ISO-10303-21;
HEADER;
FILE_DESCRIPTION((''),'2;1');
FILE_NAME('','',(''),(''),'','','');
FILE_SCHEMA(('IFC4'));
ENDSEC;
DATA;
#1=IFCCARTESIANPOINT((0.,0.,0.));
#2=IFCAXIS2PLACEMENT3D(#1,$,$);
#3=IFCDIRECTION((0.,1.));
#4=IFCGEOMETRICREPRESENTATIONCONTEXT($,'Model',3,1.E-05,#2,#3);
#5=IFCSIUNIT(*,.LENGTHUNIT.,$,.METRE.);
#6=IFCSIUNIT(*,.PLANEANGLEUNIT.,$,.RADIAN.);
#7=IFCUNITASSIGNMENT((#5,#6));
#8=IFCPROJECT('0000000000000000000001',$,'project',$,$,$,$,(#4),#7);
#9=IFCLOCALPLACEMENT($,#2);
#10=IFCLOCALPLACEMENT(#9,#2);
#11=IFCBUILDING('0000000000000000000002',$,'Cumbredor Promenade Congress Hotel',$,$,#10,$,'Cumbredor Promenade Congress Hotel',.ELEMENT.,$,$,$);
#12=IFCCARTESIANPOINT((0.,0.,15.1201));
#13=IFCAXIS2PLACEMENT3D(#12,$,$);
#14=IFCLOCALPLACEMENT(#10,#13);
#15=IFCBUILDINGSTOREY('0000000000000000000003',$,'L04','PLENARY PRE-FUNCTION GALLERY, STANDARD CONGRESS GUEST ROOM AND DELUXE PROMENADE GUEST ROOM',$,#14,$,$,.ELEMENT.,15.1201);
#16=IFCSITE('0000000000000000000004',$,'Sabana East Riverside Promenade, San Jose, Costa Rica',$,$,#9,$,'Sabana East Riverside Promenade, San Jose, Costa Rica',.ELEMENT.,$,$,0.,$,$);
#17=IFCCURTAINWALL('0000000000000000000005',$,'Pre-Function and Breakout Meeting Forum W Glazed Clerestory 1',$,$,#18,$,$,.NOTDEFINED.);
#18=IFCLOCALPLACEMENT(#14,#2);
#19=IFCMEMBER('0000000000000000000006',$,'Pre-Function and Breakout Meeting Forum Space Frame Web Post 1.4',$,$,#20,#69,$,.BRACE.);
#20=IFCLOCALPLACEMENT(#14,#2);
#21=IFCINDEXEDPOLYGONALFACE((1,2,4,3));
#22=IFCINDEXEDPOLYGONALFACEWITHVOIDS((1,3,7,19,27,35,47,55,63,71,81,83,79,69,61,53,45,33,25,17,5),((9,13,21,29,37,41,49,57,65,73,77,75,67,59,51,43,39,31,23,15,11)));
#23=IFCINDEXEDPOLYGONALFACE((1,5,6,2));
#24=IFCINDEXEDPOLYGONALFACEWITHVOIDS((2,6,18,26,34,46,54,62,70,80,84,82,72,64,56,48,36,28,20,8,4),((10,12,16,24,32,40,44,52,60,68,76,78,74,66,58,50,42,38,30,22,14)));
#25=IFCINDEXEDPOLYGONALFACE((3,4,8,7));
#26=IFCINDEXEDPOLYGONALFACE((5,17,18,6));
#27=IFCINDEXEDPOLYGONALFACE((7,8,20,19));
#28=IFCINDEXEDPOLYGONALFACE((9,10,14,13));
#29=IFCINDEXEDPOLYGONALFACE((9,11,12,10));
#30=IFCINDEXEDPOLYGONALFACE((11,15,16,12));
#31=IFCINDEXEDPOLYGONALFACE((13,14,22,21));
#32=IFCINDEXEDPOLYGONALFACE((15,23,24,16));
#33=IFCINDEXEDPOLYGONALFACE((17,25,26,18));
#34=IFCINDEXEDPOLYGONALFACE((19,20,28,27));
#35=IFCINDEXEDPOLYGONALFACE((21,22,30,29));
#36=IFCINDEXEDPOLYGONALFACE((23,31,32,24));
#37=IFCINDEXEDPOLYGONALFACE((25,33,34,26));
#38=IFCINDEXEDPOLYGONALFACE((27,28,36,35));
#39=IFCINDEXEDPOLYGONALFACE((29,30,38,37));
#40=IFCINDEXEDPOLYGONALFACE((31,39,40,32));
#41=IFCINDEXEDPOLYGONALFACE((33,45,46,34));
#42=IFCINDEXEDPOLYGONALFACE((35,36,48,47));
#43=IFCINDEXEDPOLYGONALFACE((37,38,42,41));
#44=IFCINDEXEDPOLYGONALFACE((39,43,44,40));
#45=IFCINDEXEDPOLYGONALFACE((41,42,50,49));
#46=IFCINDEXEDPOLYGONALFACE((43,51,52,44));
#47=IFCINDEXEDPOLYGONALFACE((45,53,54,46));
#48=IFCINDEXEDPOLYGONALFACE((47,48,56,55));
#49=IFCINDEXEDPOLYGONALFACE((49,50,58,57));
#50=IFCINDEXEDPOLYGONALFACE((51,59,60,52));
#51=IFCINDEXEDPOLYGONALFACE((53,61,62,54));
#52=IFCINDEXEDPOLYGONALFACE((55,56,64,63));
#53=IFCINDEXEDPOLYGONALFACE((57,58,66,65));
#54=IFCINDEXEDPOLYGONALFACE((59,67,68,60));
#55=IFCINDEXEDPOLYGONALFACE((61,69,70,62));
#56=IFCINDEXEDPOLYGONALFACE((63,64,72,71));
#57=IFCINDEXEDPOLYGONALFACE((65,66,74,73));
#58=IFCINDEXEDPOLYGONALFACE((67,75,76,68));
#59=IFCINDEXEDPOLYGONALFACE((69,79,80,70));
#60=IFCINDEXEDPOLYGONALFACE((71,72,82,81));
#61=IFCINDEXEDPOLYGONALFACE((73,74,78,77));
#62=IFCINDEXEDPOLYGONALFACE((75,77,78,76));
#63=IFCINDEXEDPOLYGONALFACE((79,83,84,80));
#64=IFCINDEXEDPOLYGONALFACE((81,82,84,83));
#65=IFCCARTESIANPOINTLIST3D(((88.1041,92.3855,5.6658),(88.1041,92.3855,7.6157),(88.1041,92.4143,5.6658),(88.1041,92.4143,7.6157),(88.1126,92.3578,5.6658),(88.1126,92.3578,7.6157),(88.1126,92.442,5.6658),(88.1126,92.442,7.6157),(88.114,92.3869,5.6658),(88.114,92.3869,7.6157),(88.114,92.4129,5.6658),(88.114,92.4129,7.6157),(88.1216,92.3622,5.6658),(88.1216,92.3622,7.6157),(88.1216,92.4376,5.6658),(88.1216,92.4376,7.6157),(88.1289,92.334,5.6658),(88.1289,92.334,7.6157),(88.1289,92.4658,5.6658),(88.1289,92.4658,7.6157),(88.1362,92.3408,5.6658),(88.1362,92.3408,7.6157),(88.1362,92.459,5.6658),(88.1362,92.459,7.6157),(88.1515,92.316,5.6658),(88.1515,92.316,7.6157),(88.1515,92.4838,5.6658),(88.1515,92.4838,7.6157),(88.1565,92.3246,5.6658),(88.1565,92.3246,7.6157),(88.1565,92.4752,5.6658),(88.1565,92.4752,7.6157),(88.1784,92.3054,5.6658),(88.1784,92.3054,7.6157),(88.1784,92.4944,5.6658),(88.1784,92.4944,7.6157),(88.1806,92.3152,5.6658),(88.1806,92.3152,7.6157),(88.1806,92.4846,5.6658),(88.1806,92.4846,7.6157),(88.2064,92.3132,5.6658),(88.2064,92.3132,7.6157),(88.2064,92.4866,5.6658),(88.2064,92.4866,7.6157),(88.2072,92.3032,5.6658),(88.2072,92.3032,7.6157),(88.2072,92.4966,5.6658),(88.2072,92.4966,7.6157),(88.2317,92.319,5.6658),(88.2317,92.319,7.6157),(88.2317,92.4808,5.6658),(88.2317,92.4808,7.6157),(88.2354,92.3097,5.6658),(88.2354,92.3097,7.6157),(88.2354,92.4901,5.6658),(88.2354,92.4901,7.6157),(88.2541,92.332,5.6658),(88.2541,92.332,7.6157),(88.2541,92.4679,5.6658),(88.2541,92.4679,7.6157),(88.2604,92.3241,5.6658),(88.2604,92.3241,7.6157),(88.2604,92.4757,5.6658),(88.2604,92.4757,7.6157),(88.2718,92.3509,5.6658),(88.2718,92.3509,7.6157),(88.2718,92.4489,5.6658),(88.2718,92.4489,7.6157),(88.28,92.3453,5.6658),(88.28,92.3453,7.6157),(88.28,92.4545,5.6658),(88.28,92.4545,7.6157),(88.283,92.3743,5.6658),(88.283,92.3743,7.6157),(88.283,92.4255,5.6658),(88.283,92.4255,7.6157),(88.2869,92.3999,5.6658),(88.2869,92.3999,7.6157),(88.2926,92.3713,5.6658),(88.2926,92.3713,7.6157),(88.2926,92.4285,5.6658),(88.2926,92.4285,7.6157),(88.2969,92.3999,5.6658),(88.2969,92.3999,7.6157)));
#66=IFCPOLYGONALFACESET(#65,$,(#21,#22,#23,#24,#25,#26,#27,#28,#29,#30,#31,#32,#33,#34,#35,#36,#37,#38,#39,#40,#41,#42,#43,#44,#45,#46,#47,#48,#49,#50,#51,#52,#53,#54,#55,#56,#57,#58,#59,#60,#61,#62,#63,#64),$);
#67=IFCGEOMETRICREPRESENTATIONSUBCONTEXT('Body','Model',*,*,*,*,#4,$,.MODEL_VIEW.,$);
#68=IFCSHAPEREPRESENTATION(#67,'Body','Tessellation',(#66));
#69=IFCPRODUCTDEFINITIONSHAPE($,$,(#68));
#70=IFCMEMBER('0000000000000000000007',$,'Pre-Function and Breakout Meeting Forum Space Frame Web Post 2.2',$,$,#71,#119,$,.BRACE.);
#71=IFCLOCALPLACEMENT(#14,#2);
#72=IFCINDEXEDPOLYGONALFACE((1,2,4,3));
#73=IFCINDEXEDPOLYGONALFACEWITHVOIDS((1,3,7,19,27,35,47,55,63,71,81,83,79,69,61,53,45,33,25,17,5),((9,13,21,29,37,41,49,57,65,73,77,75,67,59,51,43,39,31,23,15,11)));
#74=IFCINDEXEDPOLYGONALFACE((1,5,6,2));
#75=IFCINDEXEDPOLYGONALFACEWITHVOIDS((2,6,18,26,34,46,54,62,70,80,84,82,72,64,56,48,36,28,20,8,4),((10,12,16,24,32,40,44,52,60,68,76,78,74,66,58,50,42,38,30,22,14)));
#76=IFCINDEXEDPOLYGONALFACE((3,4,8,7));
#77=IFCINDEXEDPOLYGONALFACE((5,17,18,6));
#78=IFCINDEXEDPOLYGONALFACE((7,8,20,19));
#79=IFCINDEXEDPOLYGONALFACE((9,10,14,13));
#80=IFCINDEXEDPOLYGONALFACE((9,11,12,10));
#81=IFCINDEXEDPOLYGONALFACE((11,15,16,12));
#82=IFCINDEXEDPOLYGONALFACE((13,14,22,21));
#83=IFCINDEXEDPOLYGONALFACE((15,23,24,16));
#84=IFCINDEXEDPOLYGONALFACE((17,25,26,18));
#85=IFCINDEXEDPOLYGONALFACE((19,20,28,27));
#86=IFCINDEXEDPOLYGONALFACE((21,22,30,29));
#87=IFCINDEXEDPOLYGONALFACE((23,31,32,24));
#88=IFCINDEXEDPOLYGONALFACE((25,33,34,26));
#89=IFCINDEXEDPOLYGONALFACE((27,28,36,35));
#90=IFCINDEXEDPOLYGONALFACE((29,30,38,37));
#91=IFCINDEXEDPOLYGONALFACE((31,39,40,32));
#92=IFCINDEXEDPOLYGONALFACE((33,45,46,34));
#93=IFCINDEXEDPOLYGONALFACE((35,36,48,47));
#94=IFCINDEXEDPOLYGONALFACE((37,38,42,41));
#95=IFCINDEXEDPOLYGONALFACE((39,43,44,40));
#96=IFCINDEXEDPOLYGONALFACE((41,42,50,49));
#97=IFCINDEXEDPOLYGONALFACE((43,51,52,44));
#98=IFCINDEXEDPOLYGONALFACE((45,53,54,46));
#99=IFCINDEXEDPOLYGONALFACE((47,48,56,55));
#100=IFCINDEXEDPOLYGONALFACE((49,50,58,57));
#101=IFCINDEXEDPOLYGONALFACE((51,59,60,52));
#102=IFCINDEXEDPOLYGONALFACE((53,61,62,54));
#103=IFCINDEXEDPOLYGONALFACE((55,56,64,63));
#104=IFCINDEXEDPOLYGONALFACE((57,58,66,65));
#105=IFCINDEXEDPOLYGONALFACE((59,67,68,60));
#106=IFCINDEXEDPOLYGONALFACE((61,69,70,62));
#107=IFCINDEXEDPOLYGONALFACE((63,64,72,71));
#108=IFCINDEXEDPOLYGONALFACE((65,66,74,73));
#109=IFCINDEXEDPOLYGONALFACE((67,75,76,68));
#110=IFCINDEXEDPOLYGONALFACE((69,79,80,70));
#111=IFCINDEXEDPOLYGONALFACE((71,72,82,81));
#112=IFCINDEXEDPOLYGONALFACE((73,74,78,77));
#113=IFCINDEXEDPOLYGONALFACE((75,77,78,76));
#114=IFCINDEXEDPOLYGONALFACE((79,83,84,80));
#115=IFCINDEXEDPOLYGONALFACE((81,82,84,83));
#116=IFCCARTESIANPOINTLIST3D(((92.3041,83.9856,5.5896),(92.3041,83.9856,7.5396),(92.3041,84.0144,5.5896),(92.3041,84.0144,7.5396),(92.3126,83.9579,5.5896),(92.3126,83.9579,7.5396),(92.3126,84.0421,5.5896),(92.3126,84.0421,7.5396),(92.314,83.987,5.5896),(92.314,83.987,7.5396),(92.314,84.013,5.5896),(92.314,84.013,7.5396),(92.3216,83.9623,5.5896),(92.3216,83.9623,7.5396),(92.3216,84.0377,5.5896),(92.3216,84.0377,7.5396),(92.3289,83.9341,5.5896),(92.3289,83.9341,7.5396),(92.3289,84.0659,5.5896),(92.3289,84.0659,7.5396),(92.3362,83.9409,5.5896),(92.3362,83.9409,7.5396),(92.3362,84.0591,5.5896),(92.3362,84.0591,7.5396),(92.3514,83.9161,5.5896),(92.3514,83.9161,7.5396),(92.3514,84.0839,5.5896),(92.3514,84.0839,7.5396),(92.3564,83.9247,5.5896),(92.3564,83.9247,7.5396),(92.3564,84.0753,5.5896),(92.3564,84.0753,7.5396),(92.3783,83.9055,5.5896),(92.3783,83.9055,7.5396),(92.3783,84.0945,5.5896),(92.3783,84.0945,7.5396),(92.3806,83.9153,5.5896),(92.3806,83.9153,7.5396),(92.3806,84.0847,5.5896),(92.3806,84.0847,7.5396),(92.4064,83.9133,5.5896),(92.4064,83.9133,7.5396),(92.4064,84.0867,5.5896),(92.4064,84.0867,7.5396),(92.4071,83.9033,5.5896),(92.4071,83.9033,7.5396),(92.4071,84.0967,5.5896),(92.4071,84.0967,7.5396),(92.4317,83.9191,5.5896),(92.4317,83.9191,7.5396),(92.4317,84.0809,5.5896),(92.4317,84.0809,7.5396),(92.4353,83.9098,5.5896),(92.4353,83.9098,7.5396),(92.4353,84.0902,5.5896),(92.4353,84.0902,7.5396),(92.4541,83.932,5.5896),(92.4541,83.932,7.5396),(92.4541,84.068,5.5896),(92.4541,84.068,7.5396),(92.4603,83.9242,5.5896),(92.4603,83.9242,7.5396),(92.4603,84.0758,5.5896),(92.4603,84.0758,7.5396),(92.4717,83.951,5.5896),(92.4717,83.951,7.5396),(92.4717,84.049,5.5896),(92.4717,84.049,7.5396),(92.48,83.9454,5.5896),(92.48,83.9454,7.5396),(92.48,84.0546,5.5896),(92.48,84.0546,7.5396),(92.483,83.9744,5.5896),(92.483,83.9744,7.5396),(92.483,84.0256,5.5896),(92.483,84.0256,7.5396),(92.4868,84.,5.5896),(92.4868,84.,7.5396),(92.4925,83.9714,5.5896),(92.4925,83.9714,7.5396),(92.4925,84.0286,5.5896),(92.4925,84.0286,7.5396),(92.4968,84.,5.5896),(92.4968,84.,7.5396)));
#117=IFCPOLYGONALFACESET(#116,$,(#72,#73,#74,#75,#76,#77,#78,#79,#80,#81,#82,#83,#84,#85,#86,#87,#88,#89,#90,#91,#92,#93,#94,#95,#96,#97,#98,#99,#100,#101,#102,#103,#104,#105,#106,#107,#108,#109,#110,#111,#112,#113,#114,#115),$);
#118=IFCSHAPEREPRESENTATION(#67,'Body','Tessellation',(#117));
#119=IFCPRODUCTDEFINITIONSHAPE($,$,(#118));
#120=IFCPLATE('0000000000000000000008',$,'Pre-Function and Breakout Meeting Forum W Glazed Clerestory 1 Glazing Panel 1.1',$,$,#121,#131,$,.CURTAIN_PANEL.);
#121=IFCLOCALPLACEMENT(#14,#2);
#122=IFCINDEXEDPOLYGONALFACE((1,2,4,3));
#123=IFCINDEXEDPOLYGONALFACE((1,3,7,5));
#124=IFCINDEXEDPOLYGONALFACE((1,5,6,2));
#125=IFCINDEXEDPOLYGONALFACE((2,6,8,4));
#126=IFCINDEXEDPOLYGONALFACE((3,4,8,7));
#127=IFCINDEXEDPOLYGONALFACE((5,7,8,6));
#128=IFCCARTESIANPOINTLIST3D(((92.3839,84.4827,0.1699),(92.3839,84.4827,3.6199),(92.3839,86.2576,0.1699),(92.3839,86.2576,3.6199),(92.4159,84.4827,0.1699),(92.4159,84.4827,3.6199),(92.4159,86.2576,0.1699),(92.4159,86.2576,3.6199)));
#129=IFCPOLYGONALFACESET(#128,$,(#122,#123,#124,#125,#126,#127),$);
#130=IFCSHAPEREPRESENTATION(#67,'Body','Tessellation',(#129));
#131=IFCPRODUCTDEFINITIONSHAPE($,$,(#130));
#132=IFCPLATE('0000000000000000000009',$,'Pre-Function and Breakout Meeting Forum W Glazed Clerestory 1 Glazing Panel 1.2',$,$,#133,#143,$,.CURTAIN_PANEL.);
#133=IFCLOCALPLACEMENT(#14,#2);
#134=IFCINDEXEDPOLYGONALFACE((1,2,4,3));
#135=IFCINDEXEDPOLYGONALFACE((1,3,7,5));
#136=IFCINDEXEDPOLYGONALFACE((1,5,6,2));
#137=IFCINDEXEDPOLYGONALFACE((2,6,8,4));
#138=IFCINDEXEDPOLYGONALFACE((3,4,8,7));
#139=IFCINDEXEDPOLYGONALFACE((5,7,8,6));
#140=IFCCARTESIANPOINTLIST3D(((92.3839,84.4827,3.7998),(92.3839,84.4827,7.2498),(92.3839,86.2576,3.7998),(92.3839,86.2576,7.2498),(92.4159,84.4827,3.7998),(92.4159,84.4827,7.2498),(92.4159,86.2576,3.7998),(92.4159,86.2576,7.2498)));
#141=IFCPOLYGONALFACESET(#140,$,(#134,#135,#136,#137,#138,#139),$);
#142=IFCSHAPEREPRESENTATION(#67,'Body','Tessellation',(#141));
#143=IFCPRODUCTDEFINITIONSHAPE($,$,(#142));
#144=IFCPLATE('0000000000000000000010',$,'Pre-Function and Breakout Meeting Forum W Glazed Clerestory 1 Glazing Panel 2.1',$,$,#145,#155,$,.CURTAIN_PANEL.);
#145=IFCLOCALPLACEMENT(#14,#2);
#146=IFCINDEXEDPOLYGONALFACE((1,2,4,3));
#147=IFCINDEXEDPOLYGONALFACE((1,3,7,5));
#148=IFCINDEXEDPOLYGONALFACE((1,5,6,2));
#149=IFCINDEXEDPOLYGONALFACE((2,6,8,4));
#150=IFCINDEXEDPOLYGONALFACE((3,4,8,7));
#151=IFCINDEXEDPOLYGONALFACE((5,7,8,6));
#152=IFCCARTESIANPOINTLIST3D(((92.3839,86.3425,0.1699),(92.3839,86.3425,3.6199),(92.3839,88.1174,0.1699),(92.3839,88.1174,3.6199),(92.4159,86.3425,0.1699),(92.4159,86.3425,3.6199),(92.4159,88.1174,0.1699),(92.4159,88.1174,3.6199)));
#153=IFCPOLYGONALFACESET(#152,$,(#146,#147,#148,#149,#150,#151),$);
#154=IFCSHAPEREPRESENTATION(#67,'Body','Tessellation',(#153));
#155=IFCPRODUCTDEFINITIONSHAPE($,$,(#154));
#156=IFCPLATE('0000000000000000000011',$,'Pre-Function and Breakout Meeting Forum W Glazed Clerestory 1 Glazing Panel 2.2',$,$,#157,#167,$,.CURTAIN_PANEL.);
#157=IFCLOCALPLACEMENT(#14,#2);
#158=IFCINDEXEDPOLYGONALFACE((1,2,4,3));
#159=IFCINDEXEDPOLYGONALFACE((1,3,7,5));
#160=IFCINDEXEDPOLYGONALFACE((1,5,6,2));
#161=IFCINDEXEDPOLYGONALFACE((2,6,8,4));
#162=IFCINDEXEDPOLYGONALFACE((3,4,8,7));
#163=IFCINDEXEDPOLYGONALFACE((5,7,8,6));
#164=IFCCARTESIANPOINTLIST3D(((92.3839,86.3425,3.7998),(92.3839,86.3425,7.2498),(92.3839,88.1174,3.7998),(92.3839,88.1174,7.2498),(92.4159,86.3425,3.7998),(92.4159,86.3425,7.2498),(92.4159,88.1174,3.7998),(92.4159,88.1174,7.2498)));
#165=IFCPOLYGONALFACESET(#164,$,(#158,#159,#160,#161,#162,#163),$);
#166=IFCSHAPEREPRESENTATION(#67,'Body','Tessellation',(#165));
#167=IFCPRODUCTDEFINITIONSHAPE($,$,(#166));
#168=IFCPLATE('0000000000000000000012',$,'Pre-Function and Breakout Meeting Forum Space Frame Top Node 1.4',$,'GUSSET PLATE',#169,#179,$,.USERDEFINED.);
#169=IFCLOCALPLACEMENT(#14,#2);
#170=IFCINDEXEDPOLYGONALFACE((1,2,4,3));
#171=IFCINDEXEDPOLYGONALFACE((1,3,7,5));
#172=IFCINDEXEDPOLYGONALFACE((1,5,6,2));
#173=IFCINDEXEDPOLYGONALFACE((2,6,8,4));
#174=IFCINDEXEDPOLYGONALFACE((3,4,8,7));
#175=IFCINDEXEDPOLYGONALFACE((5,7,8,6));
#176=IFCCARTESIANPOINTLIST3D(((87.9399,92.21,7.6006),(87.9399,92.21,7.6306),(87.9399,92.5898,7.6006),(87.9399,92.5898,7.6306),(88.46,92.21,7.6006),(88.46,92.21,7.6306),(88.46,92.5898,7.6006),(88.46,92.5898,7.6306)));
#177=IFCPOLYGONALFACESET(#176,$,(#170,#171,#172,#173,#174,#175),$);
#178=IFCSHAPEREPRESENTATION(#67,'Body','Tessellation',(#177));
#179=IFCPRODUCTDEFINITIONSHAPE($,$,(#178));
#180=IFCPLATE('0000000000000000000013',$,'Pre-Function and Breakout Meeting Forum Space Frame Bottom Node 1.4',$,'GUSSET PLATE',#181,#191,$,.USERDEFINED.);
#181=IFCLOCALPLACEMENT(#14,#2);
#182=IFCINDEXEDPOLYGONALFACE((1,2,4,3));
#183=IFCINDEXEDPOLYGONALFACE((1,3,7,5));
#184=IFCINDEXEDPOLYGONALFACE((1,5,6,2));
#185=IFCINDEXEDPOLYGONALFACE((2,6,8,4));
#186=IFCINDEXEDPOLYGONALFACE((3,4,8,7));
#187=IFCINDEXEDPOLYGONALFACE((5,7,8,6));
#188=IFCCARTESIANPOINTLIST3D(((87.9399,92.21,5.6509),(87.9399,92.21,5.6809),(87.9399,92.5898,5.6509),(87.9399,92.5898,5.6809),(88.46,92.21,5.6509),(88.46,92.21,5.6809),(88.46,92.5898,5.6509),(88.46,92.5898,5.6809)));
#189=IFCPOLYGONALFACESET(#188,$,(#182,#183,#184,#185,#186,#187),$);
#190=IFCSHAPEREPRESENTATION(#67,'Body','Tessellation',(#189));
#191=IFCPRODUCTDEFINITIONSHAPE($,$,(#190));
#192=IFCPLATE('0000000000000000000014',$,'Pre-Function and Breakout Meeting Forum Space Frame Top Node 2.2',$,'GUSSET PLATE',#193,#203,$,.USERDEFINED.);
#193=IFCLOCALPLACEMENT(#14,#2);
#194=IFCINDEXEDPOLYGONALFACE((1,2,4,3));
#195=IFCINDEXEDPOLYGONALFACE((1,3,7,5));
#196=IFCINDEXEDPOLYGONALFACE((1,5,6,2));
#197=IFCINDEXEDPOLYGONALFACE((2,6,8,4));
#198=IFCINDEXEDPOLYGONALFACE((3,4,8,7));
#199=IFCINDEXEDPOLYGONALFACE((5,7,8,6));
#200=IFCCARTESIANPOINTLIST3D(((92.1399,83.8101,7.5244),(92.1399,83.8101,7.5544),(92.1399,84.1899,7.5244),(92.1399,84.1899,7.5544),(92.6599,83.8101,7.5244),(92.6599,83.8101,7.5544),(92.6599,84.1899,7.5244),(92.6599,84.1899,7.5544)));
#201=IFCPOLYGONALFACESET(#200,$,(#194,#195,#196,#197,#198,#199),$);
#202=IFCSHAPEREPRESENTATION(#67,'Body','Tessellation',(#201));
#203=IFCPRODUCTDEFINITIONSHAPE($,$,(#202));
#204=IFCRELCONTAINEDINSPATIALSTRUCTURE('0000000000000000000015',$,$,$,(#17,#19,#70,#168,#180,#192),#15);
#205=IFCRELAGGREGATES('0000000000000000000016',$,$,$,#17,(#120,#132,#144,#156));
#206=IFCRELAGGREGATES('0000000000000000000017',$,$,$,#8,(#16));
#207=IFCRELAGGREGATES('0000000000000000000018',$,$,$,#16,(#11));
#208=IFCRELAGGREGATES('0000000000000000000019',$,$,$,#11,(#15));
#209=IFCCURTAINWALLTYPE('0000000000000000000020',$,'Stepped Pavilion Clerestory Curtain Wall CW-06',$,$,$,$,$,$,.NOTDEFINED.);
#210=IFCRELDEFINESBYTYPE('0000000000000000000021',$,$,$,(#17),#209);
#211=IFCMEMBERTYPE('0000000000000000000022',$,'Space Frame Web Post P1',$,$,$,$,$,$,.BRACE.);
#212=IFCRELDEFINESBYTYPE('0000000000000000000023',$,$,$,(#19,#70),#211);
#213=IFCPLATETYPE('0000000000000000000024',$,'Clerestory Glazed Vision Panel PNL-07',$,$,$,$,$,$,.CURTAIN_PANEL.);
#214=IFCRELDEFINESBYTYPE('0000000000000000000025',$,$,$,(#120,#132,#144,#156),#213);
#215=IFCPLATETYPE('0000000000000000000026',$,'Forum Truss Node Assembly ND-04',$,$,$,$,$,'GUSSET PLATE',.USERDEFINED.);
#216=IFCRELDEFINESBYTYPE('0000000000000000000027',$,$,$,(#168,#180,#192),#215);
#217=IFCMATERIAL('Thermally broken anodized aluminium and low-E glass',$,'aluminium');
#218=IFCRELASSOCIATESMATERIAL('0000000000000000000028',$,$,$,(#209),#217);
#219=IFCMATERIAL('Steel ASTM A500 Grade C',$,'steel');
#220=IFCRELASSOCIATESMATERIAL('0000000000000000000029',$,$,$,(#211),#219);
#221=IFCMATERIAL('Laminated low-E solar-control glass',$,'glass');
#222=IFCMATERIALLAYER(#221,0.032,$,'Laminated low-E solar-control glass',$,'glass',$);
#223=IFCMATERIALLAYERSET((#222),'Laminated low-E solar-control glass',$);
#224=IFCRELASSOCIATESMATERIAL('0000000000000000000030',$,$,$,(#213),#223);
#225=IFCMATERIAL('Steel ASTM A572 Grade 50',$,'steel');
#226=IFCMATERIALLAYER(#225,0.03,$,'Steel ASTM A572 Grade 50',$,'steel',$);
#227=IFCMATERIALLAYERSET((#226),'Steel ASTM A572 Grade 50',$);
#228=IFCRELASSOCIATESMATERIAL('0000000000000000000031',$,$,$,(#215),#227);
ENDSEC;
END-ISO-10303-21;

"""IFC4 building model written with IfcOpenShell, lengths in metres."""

from ifc_helpers import new_model, si_unit, direction, frame, origin, origin_2d, place, context, subcontext, project, spatial, rectangle, hollow_circle, extrude, material, layer, layer_set, material_profile, profile_set, type_object, element, aggregate, save


model = new_model("IFC4")

# Units and contexts
model_context = context("Model", 3, precision=1e-05, world=origin(), true_north=direction((0.0, 1.0)))
body_context = subcontext(model_context, "Body", "Model", "MODEL_VIEW")
ifc_project = project(units=[si_unit("LENGTHUNIT", "METRE"), si_unit("PLANEANGLEUNIT", "RADIAN")], contexts=[model_context])

# Site, building, storey
site_placement = place(None, origin())
site = spatial("IfcSite", under=ifc_project, at=site_placement, Name="Sabana East Riverside Promenade, San Jose, Costa Rica", LongName="Sabana East Riverside Promenade, San Jose, Costa Rica", CompositionType="ELEMENT", RefElevation=0.0)
building_placement = place(site_placement, origin())
building = spatial("IfcBuilding", under=site, at=building_placement, Name="Cumbredor Promenade Congress Hotel", LongName="Cumbredor Promenade Congress Hotel", CompositionType="ELEMENT")
storey_placement = place(building_placement, frame((0.0, 0.0, 15.1201)))
storey = spatial("IfcBuildingStorey", under=building, at=storey_placement, Name="L04", Description="PLENARY PRE-FUNCTION GALLERY, STANDARD CONGRESS GUEST ROOM AND DELUXE PROMENADE GUEST ROOM", CompositionType="ELEMENT", Elevation=15.1201)

# Curtain wall
ifc_material_1 = material(Name="Thermally broken anodized aluminium and low-E glass", Category="aluminium")
curtain_wall_type = type_object("IfcCurtainWallType", Name="Stepped Pavilion Clerestory Curtain Wall CW-06", PredefinedType="NOTDEFINED", material=ifc_material_1)
curtain_wall_placement = place(storey_placement, origin())
curtain_wall = element("IfcCurtainWall", 1, at=curtain_wall_placement, inside=storey, type_object=curtain_wall_type, Name="Pre-Function and Breakout Meeting Forum W Glazed Clerestory 1", PredefinedType="NOTDEFINED")

# Members
ifc_material_2 = material(Name="Steel ASTM A500 Grade C", Category="steel")
ifc_material_profile_1 = material_profile(ifc_material_2, hollow_circle(Radius=0.0969, WallThickness=0.01, at=origin_2d()), Name="CHS 193.7x10")
ifc_profile_set_1 = profile_set([ifc_material_profile_1], Name="Steel ASTM A500 Grade C")
member_type_1 = type_object("IfcMemberType", Name="Space Frame Web Post P1", PredefinedType="BRACE", material=ifc_profile_set_1)
for number, where, z_axis, x_axis, name in (
    (2, (88.2, 92.3999, 5.6658), (0.0, 0.0, 1.0), (1.0, 0.0, 0.0), "Pre-Function and Breakout Meeting Forum Space Frame Web Post 1.4"),
    (3, (92.3999, 84.0, 5.5896), (0.0, 0.0, 1.0), (1.0, 0.0, 0.0), "Pre-Function and Breakout Meeting Forum Space Frame Web Post 2.2"),
):
    element("IfcMember", number, at=place(storey_placement, frame(where, z_axis=z_axis, x_axis=x_axis)), inside=storey, type_object=member_type_1, Name=name, PredefinedType="BRACE", context=body_context, shape_type="SweptSolid", body=[
        extrude(hollow_circle(Radius=0.0969, WallThickness=0.01, at=origin_2d()), origin(), (0.0, 0.0, 1.0), 1.95),
    ])

# Plates
ifc_material_3 = material(Name="Laminated low-E solar-control glass", Category="glass")
ifc_layer_1 = layer(ifc_material_3, 0.032, Name="Laminated low-E solar-control glass", Category="glass")
ifc_layer_set_1 = layer_set([ifc_layer_1], Name="Laminated low-E solar-control glass")
plate_type_1 = type_object("IfcPlateType", Name="Clerestory Glazed Vision Panel PNL-07", PredefinedType="CURTAIN_PANEL", material=ifc_layer_set_1)
plate_1_placement = place(storey_placement, frame((92.3999, 85.3701, 0.1699), z_axis=(0.0, 0.0, 1.0), x_axis=(0.0, 1.0, 0.0)))
plate_1 = element("IfcPlate", 4, at=plate_1_placement, type_object=plate_type_1, Name="Pre-Function and Breakout Meeting Forum W Glazed Clerestory 1 Glazing Panel 1.1", PredefinedType="CURTAIN_PANEL", context=body_context, shape_type="SweptSolid", body=[
    extrude(rectangle(XDim=1.7749, YDim=0.032, at=origin_2d()), origin(), (0.0, 0.0, 1.0), 3.45),
])
plate_2_placement = place(storey_placement, frame((92.3999, 85.3701, 3.7998), z_axis=(0.0, 0.0, 1.0), x_axis=(0.0, 1.0, 0.0)))
plate_2 = element("IfcPlate", 5, at=plate_2_placement, type_object=plate_type_1, Name="Pre-Function and Breakout Meeting Forum W Glazed Clerestory 1 Glazing Panel 1.2", PredefinedType="CURTAIN_PANEL", context=body_context, shape_type="SweptSolid", body=[
    extrude(rectangle(XDim=1.7749, YDim=0.032, at=origin_2d()), origin(), (0.0, 0.0, 1.0), 3.45),
])
plate_3_placement = place(storey_placement, frame((92.3999, 87.23, 0.1699), z_axis=(0.0, 0.0, 1.0), x_axis=(0.0, 1.0, 0.0)))
plate_3 = element("IfcPlate", 6, at=plate_3_placement, type_object=plate_type_1, Name="Pre-Function and Breakout Meeting Forum W Glazed Clerestory 1 Glazing Panel 2.1", PredefinedType="CURTAIN_PANEL", context=body_context, shape_type="SweptSolid", body=[
    extrude(rectangle(XDim=1.7749, YDim=0.032, at=origin_2d()), origin(), (0.0, 0.0, 1.0), 3.45),
])
plate_4_placement = place(storey_placement, frame((92.3999, 87.23, 3.7998), z_axis=(0.0, 0.0, 1.0), x_axis=(0.0, 1.0, 0.0)))
plate_4 = element("IfcPlate", 7, at=plate_4_placement, type_object=plate_type_1, Name="Pre-Function and Breakout Meeting Forum W Glazed Clerestory 1 Glazing Panel 2.2", PredefinedType="CURTAIN_PANEL", context=body_context, shape_type="SweptSolid", body=[
    extrude(rectangle(XDim=1.7749, YDim=0.032, at=origin_2d()), origin(), (0.0, 0.0, 1.0), 3.45),
])
aggregate(curtain_wall, [plate_1, plate_2, plate_3, plate_4])

# Plates
ifc_material_4 = material(Name="Steel ASTM A572 Grade 50", Category="steel")
ifc_layer_2 = layer(ifc_material_4, 0.03, Name="Steel ASTM A572 Grade 50", Category="steel")
ifc_layer_set_2 = layer_set([ifc_layer_2], Name="Steel ASTM A572 Grade 50")
plate_type_2 = type_object("IfcPlateType", Name="Forum Truss Node Assembly ND-04", ElementType="GUSSET PLATE", PredefinedType="USERDEFINED", material=ifc_layer_set_2)
for number, where, z_axis, x_axis, name in (
    (8, (88.2, 92.3999, 7.6006), (0.0, 0.0, 1.0), (1.0, 0.0, 0.0), "Pre-Function and Breakout Meeting Forum Space Frame Top Node 1.4"),
    (9, (88.2, 92.3999, 5.6509), (0.0, 0.0, 1.0), (1.0, 0.0, 0.0), "Pre-Function and Breakout Meeting Forum Space Frame Bottom Node 1.4"),
    (10, (92.3999, 84.0, 7.5244), (0.0, 0.0, 1.0), (1.0, 0.0, 0.0), "Pre-Function and Breakout Meeting Forum Space Frame Top Node 2.2"),
):
    element("IfcPlate", number, at=place(storey_placement, frame(where, z_axis=z_axis, x_axis=x_axis)), inside=storey, type_object=plate_type_2, Name=name, ObjectType="GUSSET PLATE", PredefinedType="USERDEFINED", context=body_context, shape_type="SweptSolid", body=[
        extrude(rectangle(XDim=0.52, YDim=0.3799, at=origin_2d()), origin(), (0.0, 0.0, 1.0), 0.03),
    ])

save(model, "model.ifc")
